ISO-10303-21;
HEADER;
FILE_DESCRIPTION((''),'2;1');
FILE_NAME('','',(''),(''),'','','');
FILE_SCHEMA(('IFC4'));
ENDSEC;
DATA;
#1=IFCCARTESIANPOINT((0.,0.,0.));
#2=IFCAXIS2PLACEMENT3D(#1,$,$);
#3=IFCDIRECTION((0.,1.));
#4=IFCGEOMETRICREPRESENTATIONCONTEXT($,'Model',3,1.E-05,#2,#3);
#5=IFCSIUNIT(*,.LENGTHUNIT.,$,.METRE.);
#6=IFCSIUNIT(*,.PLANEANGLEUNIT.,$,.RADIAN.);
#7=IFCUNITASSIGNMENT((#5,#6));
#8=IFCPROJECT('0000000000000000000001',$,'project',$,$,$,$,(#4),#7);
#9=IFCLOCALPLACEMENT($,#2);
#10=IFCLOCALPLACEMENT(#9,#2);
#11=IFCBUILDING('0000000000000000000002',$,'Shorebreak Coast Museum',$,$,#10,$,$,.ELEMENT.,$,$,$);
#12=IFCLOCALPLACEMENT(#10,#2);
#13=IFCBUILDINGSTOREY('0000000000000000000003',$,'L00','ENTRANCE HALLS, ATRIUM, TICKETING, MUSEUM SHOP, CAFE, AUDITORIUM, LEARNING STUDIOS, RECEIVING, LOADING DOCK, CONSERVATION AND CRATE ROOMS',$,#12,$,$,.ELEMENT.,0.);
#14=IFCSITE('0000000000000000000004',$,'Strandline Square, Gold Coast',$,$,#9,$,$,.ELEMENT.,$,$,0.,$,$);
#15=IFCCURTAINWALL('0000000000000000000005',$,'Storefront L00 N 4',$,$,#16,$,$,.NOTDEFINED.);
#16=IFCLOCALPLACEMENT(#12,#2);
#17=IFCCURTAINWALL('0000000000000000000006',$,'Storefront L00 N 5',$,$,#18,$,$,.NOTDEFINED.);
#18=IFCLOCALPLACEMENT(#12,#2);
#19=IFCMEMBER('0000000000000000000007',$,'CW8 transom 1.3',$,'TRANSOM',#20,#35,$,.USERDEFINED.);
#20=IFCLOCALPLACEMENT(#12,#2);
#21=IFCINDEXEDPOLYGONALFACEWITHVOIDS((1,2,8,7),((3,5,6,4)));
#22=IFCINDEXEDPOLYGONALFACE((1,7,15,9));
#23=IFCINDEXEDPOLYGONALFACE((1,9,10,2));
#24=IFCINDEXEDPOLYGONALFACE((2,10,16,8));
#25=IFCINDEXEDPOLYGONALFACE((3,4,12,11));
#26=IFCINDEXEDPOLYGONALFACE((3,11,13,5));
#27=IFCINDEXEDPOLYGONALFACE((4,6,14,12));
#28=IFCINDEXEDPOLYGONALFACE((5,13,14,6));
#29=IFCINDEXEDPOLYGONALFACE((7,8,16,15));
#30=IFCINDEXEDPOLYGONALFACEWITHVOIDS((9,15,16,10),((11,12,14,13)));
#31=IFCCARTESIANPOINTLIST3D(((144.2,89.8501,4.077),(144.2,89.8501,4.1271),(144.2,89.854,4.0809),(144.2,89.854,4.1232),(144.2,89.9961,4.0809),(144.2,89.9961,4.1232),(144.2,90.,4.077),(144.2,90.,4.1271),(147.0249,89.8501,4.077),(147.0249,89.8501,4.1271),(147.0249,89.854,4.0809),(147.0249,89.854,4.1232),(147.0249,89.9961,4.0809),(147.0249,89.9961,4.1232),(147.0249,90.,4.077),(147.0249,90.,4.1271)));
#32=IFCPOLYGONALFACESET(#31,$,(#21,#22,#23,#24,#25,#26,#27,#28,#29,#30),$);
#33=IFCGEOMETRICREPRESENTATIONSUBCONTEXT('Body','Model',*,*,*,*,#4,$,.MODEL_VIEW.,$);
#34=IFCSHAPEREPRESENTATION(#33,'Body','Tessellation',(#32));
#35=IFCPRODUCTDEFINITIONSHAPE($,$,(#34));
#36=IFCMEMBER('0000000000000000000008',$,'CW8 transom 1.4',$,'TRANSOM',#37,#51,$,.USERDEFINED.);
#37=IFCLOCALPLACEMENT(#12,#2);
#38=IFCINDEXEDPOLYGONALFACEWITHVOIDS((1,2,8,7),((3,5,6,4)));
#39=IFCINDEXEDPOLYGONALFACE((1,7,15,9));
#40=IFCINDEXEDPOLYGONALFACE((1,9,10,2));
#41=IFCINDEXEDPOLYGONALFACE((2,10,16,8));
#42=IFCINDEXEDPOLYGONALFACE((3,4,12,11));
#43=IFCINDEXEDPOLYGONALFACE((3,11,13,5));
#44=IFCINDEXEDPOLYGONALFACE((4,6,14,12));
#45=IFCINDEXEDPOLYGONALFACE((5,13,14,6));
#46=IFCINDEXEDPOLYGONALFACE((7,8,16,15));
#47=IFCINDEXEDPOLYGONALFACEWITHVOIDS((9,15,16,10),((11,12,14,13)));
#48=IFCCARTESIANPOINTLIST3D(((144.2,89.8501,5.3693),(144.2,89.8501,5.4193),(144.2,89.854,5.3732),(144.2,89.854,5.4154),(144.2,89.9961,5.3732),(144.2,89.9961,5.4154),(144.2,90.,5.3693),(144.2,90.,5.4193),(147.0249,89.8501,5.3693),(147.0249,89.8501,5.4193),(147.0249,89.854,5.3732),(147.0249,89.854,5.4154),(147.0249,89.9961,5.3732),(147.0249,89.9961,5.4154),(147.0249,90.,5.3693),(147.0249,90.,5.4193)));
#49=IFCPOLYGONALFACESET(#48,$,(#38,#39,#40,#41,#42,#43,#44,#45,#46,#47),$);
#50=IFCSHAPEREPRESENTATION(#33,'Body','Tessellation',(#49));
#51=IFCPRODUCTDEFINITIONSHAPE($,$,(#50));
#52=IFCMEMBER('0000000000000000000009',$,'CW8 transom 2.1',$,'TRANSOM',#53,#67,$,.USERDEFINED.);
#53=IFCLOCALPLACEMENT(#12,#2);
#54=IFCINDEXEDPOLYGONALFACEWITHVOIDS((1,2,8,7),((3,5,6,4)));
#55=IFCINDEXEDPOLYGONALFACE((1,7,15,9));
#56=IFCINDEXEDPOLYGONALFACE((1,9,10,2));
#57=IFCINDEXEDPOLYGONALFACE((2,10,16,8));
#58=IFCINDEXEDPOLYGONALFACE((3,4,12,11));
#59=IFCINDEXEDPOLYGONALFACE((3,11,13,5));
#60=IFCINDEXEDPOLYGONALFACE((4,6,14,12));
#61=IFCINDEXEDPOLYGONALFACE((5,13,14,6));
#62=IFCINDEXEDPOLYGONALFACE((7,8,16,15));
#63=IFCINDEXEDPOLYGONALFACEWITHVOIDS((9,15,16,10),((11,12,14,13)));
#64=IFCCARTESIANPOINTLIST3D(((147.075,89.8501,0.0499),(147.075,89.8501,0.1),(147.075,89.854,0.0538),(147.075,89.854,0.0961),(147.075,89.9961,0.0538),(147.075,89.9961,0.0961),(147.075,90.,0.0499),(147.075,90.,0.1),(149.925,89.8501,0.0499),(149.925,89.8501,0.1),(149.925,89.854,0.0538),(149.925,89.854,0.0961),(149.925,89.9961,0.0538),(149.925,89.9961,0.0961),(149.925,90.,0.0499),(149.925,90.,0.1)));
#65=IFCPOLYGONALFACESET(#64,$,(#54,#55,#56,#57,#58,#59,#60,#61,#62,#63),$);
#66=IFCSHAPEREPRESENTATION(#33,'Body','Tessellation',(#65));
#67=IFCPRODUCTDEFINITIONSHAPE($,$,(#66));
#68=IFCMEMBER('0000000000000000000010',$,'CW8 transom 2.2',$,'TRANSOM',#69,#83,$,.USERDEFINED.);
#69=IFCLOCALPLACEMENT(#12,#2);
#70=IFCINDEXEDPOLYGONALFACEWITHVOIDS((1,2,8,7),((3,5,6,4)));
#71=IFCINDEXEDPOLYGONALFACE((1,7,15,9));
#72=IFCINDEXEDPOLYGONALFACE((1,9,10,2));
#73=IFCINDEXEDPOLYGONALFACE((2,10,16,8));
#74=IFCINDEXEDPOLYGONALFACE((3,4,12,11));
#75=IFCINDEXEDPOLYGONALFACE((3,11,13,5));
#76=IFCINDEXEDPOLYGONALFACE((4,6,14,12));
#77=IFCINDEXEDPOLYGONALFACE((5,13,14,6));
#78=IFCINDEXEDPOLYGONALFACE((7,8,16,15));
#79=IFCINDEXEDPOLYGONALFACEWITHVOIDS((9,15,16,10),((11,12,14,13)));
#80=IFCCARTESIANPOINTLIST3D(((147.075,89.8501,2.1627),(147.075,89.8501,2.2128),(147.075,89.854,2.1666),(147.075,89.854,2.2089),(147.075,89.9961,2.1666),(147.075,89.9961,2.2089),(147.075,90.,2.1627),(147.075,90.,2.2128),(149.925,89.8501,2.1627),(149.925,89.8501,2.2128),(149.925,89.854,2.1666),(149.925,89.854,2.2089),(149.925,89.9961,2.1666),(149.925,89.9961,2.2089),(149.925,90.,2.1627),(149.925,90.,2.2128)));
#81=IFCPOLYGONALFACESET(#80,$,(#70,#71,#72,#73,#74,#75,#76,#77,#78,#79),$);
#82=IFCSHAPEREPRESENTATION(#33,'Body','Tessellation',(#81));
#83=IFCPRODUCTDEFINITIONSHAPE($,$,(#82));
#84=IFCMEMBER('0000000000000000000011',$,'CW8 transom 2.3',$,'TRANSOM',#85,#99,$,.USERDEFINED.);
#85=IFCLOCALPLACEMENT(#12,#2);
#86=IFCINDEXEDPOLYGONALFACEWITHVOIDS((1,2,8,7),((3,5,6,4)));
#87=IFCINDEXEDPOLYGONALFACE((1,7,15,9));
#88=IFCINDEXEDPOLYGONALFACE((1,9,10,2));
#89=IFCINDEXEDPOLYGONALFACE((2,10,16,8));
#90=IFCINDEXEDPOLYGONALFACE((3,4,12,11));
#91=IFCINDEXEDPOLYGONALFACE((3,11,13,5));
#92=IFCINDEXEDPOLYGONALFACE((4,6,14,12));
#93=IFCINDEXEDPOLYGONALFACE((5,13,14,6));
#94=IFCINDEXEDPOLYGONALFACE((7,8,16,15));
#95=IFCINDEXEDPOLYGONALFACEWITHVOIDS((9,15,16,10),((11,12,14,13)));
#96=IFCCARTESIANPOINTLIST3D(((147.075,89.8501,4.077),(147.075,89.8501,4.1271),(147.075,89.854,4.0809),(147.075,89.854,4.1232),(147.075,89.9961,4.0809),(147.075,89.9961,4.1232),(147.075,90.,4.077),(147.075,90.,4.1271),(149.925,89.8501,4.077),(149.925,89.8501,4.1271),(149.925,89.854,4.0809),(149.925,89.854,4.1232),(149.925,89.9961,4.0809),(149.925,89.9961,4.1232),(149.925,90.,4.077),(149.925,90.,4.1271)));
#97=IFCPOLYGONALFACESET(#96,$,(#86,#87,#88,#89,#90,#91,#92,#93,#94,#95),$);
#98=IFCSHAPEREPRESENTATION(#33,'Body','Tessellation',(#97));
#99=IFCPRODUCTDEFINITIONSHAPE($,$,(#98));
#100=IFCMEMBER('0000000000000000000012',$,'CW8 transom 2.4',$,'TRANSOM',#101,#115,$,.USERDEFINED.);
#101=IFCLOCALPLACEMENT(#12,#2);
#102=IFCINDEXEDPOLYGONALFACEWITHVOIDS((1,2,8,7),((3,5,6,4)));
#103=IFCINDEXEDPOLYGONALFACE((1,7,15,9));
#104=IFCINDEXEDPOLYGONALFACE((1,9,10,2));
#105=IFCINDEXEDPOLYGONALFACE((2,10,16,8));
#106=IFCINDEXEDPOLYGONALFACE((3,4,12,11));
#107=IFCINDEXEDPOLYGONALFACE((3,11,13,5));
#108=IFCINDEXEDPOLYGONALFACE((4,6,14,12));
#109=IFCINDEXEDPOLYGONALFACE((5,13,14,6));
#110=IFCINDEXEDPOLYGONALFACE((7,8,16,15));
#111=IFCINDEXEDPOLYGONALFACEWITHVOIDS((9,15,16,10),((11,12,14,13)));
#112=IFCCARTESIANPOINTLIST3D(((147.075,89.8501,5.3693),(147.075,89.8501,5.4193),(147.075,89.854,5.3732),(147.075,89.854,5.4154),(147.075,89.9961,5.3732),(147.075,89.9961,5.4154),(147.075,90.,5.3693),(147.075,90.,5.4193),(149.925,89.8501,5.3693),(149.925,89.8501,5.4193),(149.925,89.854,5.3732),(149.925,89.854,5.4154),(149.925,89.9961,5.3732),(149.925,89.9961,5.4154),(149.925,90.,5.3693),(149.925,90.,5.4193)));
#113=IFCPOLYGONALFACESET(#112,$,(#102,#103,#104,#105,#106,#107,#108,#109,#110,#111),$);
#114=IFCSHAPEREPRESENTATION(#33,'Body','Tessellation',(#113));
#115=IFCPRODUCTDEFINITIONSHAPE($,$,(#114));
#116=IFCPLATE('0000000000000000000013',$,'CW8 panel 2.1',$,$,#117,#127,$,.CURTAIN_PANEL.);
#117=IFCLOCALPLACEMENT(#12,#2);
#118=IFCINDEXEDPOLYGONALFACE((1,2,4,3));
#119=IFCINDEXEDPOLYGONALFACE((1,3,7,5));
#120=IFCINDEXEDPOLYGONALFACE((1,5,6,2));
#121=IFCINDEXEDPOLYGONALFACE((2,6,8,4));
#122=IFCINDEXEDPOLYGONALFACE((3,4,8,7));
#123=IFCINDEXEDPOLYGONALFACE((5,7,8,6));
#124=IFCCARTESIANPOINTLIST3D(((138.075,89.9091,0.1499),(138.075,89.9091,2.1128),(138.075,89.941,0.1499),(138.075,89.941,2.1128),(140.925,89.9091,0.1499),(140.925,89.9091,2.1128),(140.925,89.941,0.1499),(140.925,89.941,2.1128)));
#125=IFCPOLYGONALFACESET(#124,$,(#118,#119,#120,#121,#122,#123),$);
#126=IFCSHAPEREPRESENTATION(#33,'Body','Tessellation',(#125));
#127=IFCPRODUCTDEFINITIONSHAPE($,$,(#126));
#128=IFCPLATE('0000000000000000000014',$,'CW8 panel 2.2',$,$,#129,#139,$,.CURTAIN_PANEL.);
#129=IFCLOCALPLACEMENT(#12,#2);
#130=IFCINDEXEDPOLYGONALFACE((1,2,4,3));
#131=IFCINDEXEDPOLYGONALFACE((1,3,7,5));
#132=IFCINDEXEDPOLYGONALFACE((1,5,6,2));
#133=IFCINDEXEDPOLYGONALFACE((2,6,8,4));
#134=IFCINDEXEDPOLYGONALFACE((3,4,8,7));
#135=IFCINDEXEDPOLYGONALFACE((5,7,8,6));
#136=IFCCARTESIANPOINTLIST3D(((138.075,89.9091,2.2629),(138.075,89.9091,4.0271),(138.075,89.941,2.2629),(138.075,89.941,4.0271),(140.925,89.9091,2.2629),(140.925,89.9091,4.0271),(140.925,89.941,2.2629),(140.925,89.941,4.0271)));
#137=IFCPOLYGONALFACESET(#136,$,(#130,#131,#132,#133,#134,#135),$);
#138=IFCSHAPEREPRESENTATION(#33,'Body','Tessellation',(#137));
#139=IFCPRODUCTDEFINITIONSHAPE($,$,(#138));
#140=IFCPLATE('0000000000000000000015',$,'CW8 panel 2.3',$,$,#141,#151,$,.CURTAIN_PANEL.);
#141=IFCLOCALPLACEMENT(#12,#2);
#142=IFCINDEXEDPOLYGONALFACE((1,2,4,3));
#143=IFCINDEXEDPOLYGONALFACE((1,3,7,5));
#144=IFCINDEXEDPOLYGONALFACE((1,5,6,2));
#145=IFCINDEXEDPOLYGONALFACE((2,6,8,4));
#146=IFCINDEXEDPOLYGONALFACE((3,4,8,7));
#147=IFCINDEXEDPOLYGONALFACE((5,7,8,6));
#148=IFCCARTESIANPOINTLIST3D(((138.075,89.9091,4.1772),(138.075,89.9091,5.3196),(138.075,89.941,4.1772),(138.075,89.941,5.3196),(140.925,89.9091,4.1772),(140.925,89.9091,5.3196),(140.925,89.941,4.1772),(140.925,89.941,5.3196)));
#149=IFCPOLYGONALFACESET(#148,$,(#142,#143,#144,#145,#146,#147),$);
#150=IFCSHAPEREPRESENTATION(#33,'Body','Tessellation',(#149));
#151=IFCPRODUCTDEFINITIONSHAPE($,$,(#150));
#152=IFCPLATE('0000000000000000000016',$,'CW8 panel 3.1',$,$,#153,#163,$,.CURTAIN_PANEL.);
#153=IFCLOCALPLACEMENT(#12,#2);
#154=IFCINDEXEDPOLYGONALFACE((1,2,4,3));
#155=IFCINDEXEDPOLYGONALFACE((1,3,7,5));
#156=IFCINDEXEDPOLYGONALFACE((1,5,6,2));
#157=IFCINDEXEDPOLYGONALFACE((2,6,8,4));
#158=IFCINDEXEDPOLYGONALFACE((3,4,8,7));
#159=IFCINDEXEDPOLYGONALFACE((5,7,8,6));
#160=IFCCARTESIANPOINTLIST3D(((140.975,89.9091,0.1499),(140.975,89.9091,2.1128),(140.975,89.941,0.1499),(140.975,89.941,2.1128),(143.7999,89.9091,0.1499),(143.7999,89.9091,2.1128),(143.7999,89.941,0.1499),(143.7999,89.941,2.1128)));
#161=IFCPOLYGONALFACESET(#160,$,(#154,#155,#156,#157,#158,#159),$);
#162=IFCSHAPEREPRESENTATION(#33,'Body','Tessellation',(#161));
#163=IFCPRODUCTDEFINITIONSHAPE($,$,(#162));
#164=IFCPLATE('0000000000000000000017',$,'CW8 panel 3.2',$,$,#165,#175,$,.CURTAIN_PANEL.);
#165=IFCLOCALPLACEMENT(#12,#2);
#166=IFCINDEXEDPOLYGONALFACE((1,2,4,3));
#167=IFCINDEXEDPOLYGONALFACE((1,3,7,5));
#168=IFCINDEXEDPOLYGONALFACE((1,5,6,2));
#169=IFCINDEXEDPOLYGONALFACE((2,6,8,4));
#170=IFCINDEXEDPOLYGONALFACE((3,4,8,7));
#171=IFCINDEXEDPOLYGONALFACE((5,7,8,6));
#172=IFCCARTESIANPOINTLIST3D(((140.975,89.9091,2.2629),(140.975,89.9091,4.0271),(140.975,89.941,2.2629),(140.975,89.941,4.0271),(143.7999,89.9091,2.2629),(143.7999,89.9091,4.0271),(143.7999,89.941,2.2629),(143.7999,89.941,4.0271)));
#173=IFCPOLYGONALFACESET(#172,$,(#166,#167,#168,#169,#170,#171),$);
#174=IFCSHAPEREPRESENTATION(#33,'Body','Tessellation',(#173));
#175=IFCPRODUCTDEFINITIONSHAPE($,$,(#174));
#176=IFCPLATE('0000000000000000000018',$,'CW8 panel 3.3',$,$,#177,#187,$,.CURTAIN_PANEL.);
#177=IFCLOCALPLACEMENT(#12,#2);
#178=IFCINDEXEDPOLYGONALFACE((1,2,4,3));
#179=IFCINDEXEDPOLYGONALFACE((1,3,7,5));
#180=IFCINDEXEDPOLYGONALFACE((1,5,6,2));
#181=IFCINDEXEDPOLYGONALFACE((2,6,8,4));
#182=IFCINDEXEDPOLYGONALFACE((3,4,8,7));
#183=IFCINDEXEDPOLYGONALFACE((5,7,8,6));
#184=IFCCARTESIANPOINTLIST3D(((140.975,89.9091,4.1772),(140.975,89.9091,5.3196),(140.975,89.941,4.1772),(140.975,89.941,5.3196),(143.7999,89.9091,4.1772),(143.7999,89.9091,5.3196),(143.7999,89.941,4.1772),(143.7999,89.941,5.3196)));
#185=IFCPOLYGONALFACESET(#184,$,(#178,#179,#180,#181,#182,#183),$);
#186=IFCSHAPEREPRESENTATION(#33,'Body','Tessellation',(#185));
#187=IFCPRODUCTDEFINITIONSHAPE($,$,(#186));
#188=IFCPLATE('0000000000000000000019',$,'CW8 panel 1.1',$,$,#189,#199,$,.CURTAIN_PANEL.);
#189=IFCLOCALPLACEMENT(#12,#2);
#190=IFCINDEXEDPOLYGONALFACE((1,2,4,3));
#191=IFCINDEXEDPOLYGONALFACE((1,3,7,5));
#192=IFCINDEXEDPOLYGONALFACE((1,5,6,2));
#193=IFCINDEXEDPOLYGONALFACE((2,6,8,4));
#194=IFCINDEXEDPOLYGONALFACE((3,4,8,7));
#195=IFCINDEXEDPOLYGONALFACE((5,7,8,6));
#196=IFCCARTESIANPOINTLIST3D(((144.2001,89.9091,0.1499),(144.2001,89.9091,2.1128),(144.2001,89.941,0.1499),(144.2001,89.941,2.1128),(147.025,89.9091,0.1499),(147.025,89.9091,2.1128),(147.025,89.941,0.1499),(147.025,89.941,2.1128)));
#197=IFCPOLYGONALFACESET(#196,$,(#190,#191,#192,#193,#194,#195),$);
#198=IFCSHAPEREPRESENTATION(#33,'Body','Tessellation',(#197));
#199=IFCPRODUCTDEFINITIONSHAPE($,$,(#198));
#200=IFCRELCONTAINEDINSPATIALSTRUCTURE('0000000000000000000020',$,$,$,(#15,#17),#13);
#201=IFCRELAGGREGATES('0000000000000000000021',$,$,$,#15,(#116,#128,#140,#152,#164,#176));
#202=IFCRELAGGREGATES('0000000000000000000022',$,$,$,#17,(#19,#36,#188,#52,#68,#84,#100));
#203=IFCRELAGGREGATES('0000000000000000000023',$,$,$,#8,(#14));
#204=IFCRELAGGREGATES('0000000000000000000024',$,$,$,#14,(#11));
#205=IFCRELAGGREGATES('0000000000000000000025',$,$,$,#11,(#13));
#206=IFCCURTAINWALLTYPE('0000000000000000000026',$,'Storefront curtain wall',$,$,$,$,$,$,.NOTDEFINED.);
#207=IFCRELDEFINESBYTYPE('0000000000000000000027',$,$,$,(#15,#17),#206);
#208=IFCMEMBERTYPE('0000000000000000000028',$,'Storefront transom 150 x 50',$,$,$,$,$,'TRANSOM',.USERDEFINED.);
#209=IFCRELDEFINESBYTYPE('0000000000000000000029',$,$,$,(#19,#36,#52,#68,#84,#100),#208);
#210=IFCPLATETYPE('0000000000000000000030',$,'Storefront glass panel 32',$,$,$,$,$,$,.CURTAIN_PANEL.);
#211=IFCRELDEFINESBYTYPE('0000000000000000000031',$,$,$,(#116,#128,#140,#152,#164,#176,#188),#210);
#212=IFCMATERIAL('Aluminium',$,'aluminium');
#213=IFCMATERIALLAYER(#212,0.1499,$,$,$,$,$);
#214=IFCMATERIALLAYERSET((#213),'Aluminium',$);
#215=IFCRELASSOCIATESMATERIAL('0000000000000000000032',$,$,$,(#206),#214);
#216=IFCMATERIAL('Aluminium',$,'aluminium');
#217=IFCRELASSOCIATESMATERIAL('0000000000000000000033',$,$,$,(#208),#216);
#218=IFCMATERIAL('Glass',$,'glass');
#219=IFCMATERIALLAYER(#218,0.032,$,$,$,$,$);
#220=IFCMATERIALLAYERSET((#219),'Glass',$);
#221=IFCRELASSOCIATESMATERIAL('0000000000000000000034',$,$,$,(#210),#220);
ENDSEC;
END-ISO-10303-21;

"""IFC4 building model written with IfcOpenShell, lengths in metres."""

from ifc_helpers import new_model, si_unit, direction, frame, origin, origin_2d, place, context, subcontext, project, spatial, rectangle, hollow_rectangle, extrude, material, layer, layer_set, material_profile, profile_set, type_object, element, aggregate, save


model = new_model("IFC4")

# Units and contexts
model_context = context("Model", 3, precision=1e-05, world=origin(), true_north=direction((0.0, 1.0)))
body_context = subcontext(model_context, "Body", "Model", "MODEL_VIEW")
ifc_project = project(units=[si_unit("LENGTHUNIT", "METRE"), si_unit("PLANEANGLEUNIT", "RADIAN")], contexts=[model_context])

# Site, building, storey
site_placement = place(None, origin())
site = spatial("IfcSite", under=ifc_project, at=site_placement, Name="Strandline Square, Gold Coast", CompositionType="ELEMENT", RefElevation=0.0)
building_placement = place(site_placement, origin())
building = spatial("IfcBuilding", under=site, at=building_placement, Name="Shorebreak Coast Museum", CompositionType="ELEMENT")
storey_placement = place(building_placement, origin())
storey = spatial("IfcBuildingStorey", under=building, at=storey_placement, Name="L00", Description="ENTRANCE HALLS, ATRIUM, TICKETING, MUSEUM SHOP, CAFE, AUDITORIUM, LEARNING STUDIOS, RECEIVING, LOADING DOCK, CONSERVATION AND CRATE ROOMS", CompositionType="ELEMENT", Elevation=0.0)

# Curtain walls
ifc_material_1 = material(Name="Aluminium", Category="aluminium")
ifc_layer_1 = layer(ifc_material_1, 0.1499)
ifc_layer_set_1 = layer_set([ifc_layer_1], Name="Aluminium")
curtain_wall_type = type_object("IfcCurtainWallType", Name="Storefront curtain wall", PredefinedType="NOTDEFINED", material=ifc_layer_set_1)
curtain_wall_1_placement = place(storey_placement, origin())
curtain_wall_1 = element("IfcCurtainWall", 1, at=curtain_wall_1_placement, inside=storey, type_object=curtain_wall_type, Name="Storefront L00 N 4", PredefinedType="NOTDEFINED")
curtain_wall_2_placement = place(storey_placement, origin())
curtain_wall_2 = element("IfcCurtainWall", 2, at=curtain_wall_2_placement, inside=storey, type_object=curtain_wall_type, Name="Storefront L00 N 5", PredefinedType="NOTDEFINED")

# Members
ifc_material_2 = material(Name="Aluminium", Category="aluminium")
ifc_material_profile_1 = material_profile(ifc_material_2, hollow_rectangle(XDim=0.1499, YDim=0.05, WallThickness=0.0039, at=origin_2d()), Name="AL 50x150 RHS")
ifc_profile_set_1 = profile_set([ifc_material_profile_1], Name="Aluminium")
member_type_1 = type_object("IfcMemberType", Name="Storefront transom 150 x 50", ElementType="TRANSOM", PredefinedType="USERDEFINED", material=ifc_profile_set_1)
member_1_placement = place(storey_placement, frame((144.2, 89.925, 4.1021), z_axis=(1.0, 0.0, 0.0), x_axis=(0.0, 1.0, 0.0)))
member_1 = element("IfcMember", 3, at=member_1_placement, type_object=member_type_1, Name="CW8 transom 1.3", ObjectType="TRANSOM", PredefinedType="USERDEFINED", context=body_context, shape_type="SweptSolid", body=[
    extrude(hollow_rectangle(XDim=0.1499, YDim=0.05, WallThickness=0.0039, at=origin_2d()), origin(), (0.0, 0.0, 1.0), 2.825),
])
member_2_placement = place(storey_placement, frame((144.2, 89.925, 5.3943), z_axis=(1.0, 0.0, 0.0), x_axis=(0.0, 1.0, 0.0)))
member_2 = element("IfcMember", 4, at=member_2_placement, type_object=member_type_1, Name="CW8 transom 1.4", ObjectType="TRANSOM", PredefinedType="USERDEFINED", context=body_context, shape_type="SweptSolid", body=[
    extrude(hollow_rectangle(XDim=0.1499, YDim=0.05, WallThickness=0.0039, at=origin_2d()), origin(), (0.0, 0.0, 1.0), 2.825),
])
member_3_placement = place(storey_placement, frame((147.075, 89.925, 0.075), z_axis=(1.0, 0.0, 0.0), x_axis=(0.0, 1.0, 0.0)))
member_3 = element("IfcMember", 5, at=member_3_placement, type_object=member_type_1, Name="CW8 transom 2.1", ObjectType="TRANSOM", PredefinedType="USERDEFINED", context=body_context, shape_type="SweptSolid", body=[
    extrude(hollow_rectangle(XDim=0.1499, YDim=0.05, WallThickness=0.0039, at=origin_2d()), origin(), (0.0, 0.0, 1.0), 2.8501),
])
member_4_placement = place(storey_placement, frame((147.075, 89.925, 2.1877), z_axis=(1.0, 0.0, 0.0), x_axis=(0.0, 1.0, 0.0)))
member_4 = element("IfcMember", 6, at=member_4_placement, type_object=member_type_1, Name="CW8 transom 2.2", ObjectType="TRANSOM", PredefinedType="USERDEFINED", context=body_context, shape_type="SweptSolid", body=[
    extrude(hollow_rectangle(XDim=0.1499, YDim=0.05, WallThickness=0.0039, at=origin_2d()), origin(), (0.0, 0.0, 1.0), 2.8501),
])
member_5_placement = place(storey_placement, frame((147.075, 89.925, 4.1021), z_axis=(1.0, 0.0, 0.0), x_axis=(0.0, 1.0, 0.0)))
member_5 = element("IfcMember", 7, at=member_5_placement, type_object=member_type_1, Name="CW8 transom 2.3", ObjectType="TRANSOM", PredefinedType="USERDEFINED", context=body_context, shape_type="SweptSolid", body=[
    extrude(hollow_rectangle(XDim=0.1499, YDim=0.05, WallThickness=0.0039, at=origin_2d()), origin(), (0.0, 0.0, 1.0), 2.8501),
])
member_6_placement = place(storey_placement, frame((147.075, 89.925, 5.3943), z_axis=(1.0, 0.0, 0.0), x_axis=(0.0, 1.0, 0.0)))
member_6 = element("IfcMember", 8, at=member_6_placement, type_object=member_type_1, Name="CW8 transom 2.4", ObjectType="TRANSOM", PredefinedType="USERDEFINED", context=body_context, shape_type="SweptSolid", body=[
    extrude(hollow_rectangle(XDim=0.1499, YDim=0.05, WallThickness=0.0039, at=origin_2d()), origin(), (0.0, 0.0, 1.0), 2.8501),
])

# Plates
ifc_material_3 = material(Name="Glass", Category="glass")
ifc_layer_2 = layer(ifc_material_3, 0.032)
ifc_layer_set_2 = layer_set([ifc_layer_2], Name="Glass")
plate_type = type_object("IfcPlateType", Name="Storefront glass panel 32", PredefinedType="CURTAIN_PANEL", material=ifc_layer_set_2)
plate_1_placement = place(storey_placement, frame((139.5, 89.925, 0.1499), z_axis=(0.0, 0.0, 1.0), x_axis=(1.0, 0.0, 0.0)))
plate_1 = element("IfcPlate", 9, at=plate_1_placement, type_object=plate_type, Name="CW8 panel 2.1", PredefinedType="CURTAIN_PANEL", context=body_context, shape_type="SweptSolid", body=[
    extrude(rectangle(XDim=2.8501, YDim=0.032, at=origin_2d()), origin(), (0.0, 0.0, 1.0), 1.9629),
])
plate_2_placement = place(storey_placement, frame((139.5, 89.925, 2.2629), z_axis=(0.0, 0.0, 1.0), x_axis=(1.0, 0.0, 0.0)))
plate_2 = element("IfcPlate", 10, at=plate_2_placement, type_object=plate_type, Name="CW8 panel 2.2", PredefinedType="CURTAIN_PANEL", context=body_context, shape_type="SweptSolid", body=[
    extrude(rectangle(XDim=2.8501, YDim=0.032, at=origin_2d()), origin(), (0.0, 0.0, 1.0), 1.7642),
])
plate_3_placement = place(storey_placement, frame((139.5, 89.925, 4.1772), z_axis=(0.0, 0.0, 1.0), x_axis=(1.0, 0.0, 0.0)))
plate_3 = element("IfcPlate", 11, at=plate_3_placement, type_object=plate_type, Name="CW8 panel 2.3", PredefinedType="CURTAIN_PANEL", context=body_context, shape_type="SweptSolid", body=[
    extrude(rectangle(XDim=2.8501, YDim=0.032, at=origin_2d()), origin(), (0.0, 0.0, 1.0), 1.1423),
])
plate_4_placement = place(storey_placement, frame((142.3875, 89.925, 0.1499), z_axis=(0.0, 0.0, 1.0), x_axis=(1.0, 0.0, 0.0)))
plate_4 = element("IfcPlate", 12, at=plate_4_placement, type_object=plate_type, Name="CW8 panel 3.1", PredefinedType="CURTAIN_PANEL", context=body_context, shape_type="SweptSolid", body=[
    extrude(rectangle(XDim=2.825, YDim=0.032, at=origin_2d()), origin(), (0.0, 0.0, 1.0), 1.9629),
])
plate_5_placement = place(storey_placement, frame((142.3875, 89.925, 2.2629), z_axis=(0.0, 0.0, 1.0), x_axis=(1.0, 0.0, 0.0)))
plate_5 = element("IfcPlate", 13, at=plate_5_placement, type_object=plate_type, Name="CW8 panel 3.2", PredefinedType="CURTAIN_PANEL", context=body_context, shape_type="SweptSolid", body=[
    extrude(rectangle(XDim=2.825, YDim=0.032, at=origin_2d()), origin(), (0.0, 0.0, 1.0), 1.7642),
])
plate_6_placement = place(storey_placement, frame((142.3875, 89.925, 4.1772), z_axis=(0.0, 0.0, 1.0), x_axis=(1.0, 0.0, 0.0)))
plate_6 = element("IfcPlate", 14, at=plate_6_placement, type_object=plate_type, Name="CW8 panel 3.3", PredefinedType="CURTAIN_PANEL", context=body_context, shape_type="SweptSolid", body=[
    extrude(rectangle(XDim=2.825, YDim=0.032, at=origin_2d()), origin(), (0.0, 0.0, 1.0), 1.1423),
])
aggregate(curtain_wall_1, [plate_1, plate_2, plate_3, plate_4, plate_5, plate_6])
plate_7_placement = place(storey_placement, frame((145.6125, 89.925, 0.1499), z_axis=(0.0, 0.0, 1.0), x_axis=(1.0, 0.0, 0.0)))
plate_7 = element("IfcPlate", 15, at=plate_7_placement, type_object=plate_type, Name="CW8 panel 1.1", PredefinedType="CURTAIN_PANEL", context=body_context, shape_type="SweptSolid", body=[
    extrude(rectangle(XDim=2.825, YDim=0.032, at=origin_2d()), origin(), (0.0, 0.0, 1.0), 1.9629),
])
aggregate(curtain_wall_2, [member_1, member_2, plate_7, member_3, member_4, member_5, member_6])

save(model, "model.ifc")
